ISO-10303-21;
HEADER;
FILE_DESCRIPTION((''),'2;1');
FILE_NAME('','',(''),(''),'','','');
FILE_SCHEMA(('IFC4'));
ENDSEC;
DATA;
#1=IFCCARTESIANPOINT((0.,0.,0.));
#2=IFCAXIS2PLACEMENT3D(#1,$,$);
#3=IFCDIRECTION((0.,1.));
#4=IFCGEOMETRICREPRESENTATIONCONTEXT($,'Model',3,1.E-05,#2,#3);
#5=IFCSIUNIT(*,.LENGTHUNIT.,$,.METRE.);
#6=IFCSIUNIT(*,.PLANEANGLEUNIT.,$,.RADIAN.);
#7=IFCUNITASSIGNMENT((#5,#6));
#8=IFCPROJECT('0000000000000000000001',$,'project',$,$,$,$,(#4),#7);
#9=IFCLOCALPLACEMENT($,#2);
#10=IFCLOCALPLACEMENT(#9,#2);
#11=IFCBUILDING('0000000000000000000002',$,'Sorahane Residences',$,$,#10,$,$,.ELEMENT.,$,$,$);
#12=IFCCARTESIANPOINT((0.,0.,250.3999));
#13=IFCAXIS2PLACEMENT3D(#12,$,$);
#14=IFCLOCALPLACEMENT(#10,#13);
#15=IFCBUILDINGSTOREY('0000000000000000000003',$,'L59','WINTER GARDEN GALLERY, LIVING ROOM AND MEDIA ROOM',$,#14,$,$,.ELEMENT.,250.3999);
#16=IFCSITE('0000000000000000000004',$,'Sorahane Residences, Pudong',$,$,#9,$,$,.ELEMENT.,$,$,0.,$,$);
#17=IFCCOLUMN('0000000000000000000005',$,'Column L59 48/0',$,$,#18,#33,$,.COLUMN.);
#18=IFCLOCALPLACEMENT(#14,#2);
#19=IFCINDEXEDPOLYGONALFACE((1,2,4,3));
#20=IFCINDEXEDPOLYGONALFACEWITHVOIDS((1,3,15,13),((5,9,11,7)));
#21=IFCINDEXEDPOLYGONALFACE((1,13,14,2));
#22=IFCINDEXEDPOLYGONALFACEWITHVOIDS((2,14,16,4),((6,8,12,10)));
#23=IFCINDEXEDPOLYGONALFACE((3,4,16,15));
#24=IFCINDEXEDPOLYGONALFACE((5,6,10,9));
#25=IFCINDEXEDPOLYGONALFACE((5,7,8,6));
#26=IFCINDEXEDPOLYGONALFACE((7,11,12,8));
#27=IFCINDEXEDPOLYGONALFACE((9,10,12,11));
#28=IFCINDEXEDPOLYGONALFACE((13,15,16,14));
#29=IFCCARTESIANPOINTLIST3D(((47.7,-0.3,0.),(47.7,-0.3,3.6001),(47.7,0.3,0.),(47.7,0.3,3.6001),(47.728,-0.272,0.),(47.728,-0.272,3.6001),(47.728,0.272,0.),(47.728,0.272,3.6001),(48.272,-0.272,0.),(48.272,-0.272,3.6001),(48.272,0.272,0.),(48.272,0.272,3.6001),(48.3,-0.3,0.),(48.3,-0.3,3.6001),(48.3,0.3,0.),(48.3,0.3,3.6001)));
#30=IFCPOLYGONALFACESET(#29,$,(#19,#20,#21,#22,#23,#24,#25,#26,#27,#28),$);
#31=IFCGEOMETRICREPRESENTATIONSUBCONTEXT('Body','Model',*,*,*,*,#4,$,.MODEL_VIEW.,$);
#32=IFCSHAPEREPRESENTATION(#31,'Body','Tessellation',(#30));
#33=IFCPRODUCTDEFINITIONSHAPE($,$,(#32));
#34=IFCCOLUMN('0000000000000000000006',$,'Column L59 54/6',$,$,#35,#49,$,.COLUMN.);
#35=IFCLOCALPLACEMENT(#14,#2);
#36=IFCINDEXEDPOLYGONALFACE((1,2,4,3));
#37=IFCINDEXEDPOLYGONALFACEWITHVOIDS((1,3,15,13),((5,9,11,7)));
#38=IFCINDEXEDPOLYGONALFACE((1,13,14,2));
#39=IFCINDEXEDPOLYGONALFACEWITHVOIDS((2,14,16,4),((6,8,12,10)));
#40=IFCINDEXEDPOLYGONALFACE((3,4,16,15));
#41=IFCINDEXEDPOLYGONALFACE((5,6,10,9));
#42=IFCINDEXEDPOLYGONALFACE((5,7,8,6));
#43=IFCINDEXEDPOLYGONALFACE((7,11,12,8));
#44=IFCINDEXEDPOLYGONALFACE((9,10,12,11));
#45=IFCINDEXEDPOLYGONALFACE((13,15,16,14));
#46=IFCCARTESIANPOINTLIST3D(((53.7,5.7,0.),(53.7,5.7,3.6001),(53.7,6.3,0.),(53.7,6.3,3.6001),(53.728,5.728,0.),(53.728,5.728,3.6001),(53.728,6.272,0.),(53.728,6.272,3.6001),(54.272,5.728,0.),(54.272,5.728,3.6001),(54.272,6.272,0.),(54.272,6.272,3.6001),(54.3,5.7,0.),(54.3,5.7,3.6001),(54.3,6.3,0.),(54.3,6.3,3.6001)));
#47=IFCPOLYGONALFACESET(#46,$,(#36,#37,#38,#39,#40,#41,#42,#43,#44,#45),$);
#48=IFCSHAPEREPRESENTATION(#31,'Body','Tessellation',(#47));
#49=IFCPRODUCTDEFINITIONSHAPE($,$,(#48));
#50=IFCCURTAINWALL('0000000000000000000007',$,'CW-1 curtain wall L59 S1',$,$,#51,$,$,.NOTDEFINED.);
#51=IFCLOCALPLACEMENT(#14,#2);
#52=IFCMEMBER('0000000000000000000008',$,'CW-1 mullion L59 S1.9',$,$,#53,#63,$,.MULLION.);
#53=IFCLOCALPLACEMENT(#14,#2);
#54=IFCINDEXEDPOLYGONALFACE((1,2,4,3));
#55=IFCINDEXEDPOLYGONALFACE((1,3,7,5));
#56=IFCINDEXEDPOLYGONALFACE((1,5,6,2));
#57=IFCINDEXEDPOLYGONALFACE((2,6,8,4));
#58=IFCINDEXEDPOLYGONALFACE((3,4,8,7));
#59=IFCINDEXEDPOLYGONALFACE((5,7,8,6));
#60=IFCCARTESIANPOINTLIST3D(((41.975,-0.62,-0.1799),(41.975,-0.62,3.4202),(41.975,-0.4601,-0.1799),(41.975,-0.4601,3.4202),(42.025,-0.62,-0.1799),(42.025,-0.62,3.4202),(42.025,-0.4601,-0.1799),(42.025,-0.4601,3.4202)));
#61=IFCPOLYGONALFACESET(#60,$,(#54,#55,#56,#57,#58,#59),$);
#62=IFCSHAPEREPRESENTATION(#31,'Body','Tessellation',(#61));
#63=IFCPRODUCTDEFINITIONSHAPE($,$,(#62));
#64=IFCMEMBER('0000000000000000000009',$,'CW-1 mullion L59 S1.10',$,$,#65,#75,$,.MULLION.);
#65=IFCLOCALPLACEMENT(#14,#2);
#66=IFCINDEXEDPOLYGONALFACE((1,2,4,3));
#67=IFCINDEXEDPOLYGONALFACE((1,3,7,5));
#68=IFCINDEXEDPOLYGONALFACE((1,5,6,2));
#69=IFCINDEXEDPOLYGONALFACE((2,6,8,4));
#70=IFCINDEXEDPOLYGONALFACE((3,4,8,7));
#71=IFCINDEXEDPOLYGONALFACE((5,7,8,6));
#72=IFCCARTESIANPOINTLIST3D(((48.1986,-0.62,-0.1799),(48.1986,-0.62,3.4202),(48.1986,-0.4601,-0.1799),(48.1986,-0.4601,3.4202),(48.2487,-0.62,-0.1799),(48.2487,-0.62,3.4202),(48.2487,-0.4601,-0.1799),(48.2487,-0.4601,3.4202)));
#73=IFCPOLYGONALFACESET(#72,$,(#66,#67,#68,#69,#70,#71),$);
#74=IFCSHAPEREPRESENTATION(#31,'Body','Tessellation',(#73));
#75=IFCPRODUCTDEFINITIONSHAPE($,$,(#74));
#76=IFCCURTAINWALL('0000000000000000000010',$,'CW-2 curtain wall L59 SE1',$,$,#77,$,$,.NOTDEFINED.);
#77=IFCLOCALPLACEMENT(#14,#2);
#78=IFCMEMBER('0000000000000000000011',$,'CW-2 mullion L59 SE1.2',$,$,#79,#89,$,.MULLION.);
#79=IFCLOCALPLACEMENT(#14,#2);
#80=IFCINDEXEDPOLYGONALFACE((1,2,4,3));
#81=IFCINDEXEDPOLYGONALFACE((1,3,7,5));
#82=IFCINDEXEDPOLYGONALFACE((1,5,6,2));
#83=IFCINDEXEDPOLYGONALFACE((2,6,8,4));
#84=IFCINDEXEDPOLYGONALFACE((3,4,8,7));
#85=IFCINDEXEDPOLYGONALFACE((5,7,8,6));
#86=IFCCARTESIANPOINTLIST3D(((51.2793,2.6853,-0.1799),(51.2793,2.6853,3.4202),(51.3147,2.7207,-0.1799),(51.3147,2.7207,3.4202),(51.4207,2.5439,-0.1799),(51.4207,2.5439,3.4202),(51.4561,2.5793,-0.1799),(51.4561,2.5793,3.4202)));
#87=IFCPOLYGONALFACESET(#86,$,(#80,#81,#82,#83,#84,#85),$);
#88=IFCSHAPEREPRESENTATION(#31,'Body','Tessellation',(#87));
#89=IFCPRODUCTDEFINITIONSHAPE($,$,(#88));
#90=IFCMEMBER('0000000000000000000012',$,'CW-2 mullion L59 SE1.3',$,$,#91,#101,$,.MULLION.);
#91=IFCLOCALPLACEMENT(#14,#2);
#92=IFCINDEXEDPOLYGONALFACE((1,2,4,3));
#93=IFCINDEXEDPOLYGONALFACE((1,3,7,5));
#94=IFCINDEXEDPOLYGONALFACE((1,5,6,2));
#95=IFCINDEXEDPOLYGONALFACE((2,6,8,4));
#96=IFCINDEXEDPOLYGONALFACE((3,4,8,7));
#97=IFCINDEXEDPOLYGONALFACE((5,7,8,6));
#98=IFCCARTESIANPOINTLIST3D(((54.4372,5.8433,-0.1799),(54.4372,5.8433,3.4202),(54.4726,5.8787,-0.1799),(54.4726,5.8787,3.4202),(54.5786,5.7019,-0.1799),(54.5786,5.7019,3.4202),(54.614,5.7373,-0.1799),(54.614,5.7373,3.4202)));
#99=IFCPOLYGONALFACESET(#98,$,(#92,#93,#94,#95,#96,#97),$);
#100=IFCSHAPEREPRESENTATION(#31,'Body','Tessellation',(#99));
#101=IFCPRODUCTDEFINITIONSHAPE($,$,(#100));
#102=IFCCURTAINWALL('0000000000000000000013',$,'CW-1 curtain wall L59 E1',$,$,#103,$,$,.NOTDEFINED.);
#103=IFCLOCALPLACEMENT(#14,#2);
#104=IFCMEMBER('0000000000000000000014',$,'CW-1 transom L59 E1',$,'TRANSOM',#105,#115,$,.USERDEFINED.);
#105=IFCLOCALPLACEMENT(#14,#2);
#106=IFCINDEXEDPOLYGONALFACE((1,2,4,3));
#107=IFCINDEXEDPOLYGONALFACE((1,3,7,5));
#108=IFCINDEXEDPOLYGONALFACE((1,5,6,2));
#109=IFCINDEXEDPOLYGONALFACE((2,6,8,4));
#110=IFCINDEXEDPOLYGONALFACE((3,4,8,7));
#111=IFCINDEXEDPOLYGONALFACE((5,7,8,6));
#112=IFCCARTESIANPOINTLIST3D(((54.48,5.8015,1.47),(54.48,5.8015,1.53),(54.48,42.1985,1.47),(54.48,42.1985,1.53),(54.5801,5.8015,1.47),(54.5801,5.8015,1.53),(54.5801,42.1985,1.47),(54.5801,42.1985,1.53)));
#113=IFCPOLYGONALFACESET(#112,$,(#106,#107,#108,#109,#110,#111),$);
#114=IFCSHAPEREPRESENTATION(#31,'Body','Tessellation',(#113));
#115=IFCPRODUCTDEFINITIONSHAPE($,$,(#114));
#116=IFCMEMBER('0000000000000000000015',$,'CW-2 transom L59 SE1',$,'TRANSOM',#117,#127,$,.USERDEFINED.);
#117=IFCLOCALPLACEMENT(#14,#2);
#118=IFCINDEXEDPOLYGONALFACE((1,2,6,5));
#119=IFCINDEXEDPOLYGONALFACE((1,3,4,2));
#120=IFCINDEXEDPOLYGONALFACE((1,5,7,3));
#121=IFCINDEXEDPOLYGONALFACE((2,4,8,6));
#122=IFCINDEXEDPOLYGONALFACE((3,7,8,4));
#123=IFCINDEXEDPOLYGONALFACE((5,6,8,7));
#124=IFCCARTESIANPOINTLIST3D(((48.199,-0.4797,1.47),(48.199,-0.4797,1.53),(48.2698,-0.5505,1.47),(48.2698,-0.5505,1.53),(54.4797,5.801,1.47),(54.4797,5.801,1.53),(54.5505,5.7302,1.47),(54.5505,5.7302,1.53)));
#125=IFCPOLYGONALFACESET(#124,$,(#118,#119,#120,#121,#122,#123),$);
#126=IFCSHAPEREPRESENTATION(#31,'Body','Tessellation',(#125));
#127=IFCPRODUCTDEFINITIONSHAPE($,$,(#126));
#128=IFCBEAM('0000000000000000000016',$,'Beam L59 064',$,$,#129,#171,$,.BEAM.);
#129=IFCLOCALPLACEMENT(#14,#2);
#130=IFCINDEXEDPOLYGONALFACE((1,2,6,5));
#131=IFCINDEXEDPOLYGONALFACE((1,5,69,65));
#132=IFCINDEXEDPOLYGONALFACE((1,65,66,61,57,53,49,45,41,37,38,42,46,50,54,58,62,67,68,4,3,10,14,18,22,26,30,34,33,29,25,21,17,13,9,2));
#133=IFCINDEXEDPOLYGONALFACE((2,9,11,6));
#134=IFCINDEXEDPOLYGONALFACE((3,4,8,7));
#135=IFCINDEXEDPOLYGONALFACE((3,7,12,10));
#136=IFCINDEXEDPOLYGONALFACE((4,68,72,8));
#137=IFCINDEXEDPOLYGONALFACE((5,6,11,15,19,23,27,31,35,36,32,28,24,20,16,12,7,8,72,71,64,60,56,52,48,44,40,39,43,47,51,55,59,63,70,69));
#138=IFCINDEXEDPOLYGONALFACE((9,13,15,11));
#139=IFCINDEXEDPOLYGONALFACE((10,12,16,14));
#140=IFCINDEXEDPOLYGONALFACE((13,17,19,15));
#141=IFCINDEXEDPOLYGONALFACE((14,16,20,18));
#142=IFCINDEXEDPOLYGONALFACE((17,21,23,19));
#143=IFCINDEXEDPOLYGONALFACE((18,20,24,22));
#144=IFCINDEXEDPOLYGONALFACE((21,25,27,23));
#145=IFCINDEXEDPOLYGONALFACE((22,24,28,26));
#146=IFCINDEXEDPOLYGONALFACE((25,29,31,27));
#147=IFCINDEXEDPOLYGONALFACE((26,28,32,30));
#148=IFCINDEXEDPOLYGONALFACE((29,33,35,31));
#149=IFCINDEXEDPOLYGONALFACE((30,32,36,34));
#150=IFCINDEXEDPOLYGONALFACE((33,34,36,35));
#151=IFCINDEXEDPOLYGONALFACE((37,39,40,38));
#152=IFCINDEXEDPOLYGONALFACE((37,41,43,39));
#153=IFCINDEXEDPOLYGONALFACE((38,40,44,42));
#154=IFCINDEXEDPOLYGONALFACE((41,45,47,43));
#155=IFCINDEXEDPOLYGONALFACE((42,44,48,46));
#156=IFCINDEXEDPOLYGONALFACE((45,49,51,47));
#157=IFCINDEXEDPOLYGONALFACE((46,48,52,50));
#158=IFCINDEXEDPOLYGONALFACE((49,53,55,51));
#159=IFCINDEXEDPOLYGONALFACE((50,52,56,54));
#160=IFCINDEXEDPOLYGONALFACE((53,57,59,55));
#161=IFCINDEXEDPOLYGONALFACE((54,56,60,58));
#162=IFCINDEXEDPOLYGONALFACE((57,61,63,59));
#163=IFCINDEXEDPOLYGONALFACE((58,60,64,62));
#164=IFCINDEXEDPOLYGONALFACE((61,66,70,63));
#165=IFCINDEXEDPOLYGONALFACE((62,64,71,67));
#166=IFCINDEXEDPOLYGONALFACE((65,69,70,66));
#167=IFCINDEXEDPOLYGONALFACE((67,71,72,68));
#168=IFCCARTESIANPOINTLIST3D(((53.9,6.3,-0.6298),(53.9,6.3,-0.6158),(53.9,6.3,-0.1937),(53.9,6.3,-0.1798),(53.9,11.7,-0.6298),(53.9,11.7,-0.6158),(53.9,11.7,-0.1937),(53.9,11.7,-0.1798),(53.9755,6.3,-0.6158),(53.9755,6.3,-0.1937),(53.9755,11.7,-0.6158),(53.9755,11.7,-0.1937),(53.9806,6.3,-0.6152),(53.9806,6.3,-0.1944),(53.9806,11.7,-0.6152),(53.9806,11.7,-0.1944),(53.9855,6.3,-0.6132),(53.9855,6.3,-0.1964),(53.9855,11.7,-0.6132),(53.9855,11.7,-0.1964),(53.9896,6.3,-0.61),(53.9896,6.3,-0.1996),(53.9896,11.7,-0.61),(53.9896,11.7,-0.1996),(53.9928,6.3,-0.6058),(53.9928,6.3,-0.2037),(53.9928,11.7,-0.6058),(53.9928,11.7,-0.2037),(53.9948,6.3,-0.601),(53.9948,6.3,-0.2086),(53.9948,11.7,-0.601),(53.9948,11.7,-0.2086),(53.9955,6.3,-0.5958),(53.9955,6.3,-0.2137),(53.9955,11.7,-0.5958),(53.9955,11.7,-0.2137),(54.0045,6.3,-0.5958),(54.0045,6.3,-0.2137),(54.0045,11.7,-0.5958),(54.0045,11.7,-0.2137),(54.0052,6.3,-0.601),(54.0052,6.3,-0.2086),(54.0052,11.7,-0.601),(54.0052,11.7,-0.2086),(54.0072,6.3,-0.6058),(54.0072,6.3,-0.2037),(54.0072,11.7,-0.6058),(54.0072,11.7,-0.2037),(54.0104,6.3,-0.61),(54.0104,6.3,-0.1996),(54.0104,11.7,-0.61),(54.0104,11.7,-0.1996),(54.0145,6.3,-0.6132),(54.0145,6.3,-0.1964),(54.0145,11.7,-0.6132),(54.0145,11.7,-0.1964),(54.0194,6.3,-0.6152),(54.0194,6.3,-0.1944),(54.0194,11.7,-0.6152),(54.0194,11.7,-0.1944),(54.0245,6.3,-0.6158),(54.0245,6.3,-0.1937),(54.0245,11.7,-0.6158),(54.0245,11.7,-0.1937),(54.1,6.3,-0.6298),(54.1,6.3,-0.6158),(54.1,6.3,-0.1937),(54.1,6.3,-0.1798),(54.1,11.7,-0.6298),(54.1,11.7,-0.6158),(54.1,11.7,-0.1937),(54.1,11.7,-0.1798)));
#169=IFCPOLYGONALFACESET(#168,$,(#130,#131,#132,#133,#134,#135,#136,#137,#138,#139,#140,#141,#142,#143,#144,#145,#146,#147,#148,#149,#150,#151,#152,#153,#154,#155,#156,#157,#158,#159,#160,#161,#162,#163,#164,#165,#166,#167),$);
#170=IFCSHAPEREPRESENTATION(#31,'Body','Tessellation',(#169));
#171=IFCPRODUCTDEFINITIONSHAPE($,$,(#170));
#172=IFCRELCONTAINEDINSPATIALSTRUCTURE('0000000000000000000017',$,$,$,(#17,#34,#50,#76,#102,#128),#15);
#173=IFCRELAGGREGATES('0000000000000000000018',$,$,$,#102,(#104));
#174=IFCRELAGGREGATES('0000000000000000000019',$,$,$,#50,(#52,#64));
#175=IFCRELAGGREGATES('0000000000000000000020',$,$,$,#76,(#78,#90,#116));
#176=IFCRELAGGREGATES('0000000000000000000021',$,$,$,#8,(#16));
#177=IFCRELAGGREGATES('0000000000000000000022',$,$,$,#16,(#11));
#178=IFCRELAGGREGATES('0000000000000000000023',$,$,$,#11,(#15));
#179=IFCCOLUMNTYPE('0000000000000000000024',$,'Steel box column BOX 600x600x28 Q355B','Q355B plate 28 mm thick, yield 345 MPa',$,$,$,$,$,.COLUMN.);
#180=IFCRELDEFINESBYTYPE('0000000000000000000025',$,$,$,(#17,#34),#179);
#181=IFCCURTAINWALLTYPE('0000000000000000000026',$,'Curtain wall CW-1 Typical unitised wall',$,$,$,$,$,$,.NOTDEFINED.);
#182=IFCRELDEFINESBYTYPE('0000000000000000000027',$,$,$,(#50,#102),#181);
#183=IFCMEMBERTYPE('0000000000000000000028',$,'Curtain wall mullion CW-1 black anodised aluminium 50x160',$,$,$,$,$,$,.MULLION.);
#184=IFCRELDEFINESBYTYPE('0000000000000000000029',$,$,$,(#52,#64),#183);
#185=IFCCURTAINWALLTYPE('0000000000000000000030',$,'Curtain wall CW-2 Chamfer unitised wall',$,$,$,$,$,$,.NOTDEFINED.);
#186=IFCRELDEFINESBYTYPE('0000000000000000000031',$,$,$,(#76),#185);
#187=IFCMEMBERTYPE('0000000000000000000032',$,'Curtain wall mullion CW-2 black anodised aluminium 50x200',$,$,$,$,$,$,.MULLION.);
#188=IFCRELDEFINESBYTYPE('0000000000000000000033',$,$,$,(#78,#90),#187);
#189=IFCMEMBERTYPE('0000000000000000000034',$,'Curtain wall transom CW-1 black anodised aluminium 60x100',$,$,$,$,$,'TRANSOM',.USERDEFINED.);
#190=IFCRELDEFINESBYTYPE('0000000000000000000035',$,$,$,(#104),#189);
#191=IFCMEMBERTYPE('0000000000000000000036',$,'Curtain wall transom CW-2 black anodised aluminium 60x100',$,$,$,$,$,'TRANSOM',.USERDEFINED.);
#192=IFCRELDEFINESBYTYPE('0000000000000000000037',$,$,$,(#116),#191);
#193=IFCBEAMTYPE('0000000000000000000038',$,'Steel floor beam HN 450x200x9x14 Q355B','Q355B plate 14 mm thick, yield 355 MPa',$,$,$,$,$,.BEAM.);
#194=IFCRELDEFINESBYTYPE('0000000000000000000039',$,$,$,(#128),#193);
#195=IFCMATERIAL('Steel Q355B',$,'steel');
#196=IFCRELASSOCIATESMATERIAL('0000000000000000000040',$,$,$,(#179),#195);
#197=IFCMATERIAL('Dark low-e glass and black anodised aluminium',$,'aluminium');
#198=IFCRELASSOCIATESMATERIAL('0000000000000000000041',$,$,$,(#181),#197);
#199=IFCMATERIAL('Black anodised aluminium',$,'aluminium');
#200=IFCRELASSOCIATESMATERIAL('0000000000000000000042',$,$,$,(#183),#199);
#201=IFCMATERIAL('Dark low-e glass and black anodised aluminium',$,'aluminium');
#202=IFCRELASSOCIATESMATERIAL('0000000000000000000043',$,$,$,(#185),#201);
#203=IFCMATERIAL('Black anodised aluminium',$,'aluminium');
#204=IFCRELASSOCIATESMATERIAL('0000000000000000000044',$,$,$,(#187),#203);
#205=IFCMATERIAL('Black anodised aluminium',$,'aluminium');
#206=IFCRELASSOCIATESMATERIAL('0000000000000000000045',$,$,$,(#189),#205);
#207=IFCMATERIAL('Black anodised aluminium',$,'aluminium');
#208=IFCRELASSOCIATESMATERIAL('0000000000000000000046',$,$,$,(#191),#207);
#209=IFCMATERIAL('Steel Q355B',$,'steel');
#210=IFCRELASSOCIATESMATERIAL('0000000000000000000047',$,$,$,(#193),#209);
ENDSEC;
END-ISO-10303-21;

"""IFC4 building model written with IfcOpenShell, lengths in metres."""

from ifc_helpers import new_model, si_unit, direction, frame, origin, origin_2d, place, context, subcontext, project, spatial, rectangle, hollow_rectangle, i_section, extrude, material, material_profile, profile_set, type_object, element, aggregate, save


model = new_model("IFC4")

# Units and contexts
model_context = context("Model", 3, precision=1e-05, world=origin(), true_north=direction((0.0, 1.0)))
body_context = subcontext(model_context, "Body", "Model", "MODEL_VIEW")
ifc_project = project(units=[si_unit("LENGTHUNIT", "METRE"), si_unit("PLANEANGLEUNIT", "RADIAN")], contexts=[model_context])

# Site, building, storey
site_placement = place(None, origin())
site = spatial("IfcSite", under=ifc_project, at=site_placement, Name="Sorahane Residences, Pudong", CompositionType="ELEMENT", RefElevation=0.0)
building_placement = place(site_placement, origin())
building = spatial("IfcBuilding", under=site, at=building_placement, Name="Sorahane Residences", CompositionType="ELEMENT")
storey_placement = place(building_placement, frame((0.0, 0.0, 250.3999)))
storey = spatial("IfcBuildingStorey", under=building, at=storey_placement, Name="L59", Description="WINTER GARDEN GALLERY, LIVING ROOM AND MEDIA ROOM", CompositionType="ELEMENT", Elevation=250.3999)

# Columns
ifc_material_1 = material(Name="Steel Q355B", Category="steel")
ifc_material_profile_1 = material_profile(ifc_material_1, hollow_rectangle(XDim=0.6001, YDim=0.6001, WallThickness=0.0281, at=origin_2d()), Name="BOX 600x600x28")
ifc_profile_set_1 = profile_set([ifc_material_profile_1], Name="Steel Q355B")
column_type = type_object("IfcColumnType", Name="Steel box column BOX 600x600x28 Q355B", Description="Q355B plate 28 mm thick, yield 345 MPa", PredefinedType="COLUMN", material=ifc_profile_set_1)
for number, where, z_axis, x_axis, name in (
    (1, (48.0, 0.0, 0.0), (0.0, 0.0, 1.0), (1.0, 0.0, 0.0), "Column L59 48/0"),
    (2, (54.0, 6.0, 0.0), (0.0, 0.0, 1.0), (1.0, 0.0, 0.0), "Column L59 54/6"),
):
    element("IfcColumn", number, at=place(storey_placement, frame(where, z_axis=z_axis, x_axis=x_axis)), inside=storey, type_object=column_type, Name=name, PredefinedType="COLUMN", context=body_context, shape_type="SweptSolid", body=[
        extrude(hollow_rectangle(XDim=0.6001, YDim=0.6001, WallThickness=0.0281, at=origin_2d()), origin(), (0.0, 0.0, 1.0), 3.6001),
    ])

# Curtain walls, members
ifc_material_2 = material(Name="Dark low-e glass and black anodised aluminium", Category="aluminium")
curtain_wall_type_1 = type_object("IfcCurtainWallType", Name="Curtain wall CW-1 Typical unitised wall", PredefinedType="NOTDEFINED", material=ifc_material_2)
curtain_wall_1_placement = place(storey_placement, origin())
curtain_wall_1 = element("IfcCurtainWall", 3, at=curtain_wall_1_placement, inside=storey, type_object=curtain_wall_type_1, Name="CW-1 curtain wall L59 S1", PredefinedType="NOTDEFINED")
ifc_material_3 = material(Name="Black anodised aluminium", Category="aluminium")
ifc_material_profile_2 = material_profile(ifc_material_3, rectangle(XDim=0.1599, YDim=0.05, at=origin_2d()), Name="Curtain wall mullion CW-1 black anodised aluminium 50x160")
ifc_profile_set_2 = profile_set([ifc_material_profile_2], Name="Black anodised aluminium")
member_type_1 = type_object("IfcMemberType", Name="Curtain wall mullion CW-1 black anodised aluminium 50x160", PredefinedType="MULLION", material=ifc_profile_set_2)
member_1_placement = place(storey_placement, frame((42.0, -0.54, -0.1799), z_axis=(0.0, 0.0, 1.0), x_axis=(0.0, -1.0, 0.0)))
member_1 = element("IfcMember", 4, at=member_1_placement, type_object=member_type_1, Name="CW-1 mullion L59 S1.9", PredefinedType="MULLION", context=body_context, shape_type="SweptSolid", body=[
    extrude(rectangle(XDim=0.1599, YDim=0.05, at=origin_2d()), origin(), (0.0, 0.0, 1.0), 3.6001),
])
member_2_placement = place(storey_placement, frame((48.2236, -0.54, -0.1799), z_axis=(0.0, 0.0, 1.0), x_axis=(0.0, -1.0, 0.0)))
member_2 = element("IfcMember", 5, at=member_2_placement, type_object=member_type_1, Name="CW-1 mullion L59 S1.10", PredefinedType="MULLION", context=body_context, shape_type="SweptSolid", body=[
    extrude(rectangle(XDim=0.1599, YDim=0.05, at=origin_2d()), origin(), (0.0, 0.0, 1.0), 3.6001),
])
ifc_material_4 = material(Name="Dark low-e glass and black anodised aluminium", Category="aluminium")
curtain_wall_type_2 = type_object("IfcCurtainWallType", Name="Curtain wall CW-2 Chamfer unitised wall", PredefinedType="NOTDEFINED", material=ifc_material_4)
curtain_wall_2_placement = place(storey_placement, origin())
curtain_wall_2 = element("IfcCurtainWall", 6, at=curtain_wall_2_placement, inside=storey, type_object=curtain_wall_type_2, Name="CW-2 curtain wall L59 SE1", PredefinedType="NOTDEFINED")
ifc_material_5 = material(Name="Black anodised aluminium", Category="aluminium")
ifc_material_profile_3 = material_profile(ifc_material_5, rectangle(XDim=0.2, YDim=0.05, at=origin_2d()), Name="Curtain wall mullion CW-2 black anodised aluminium 50x200")
ifc_profile_set_3 = profile_set([ifc_material_profile_3], Name="Black anodised aluminium")
member_type_2 = type_object("IfcMemberType", Name="Curtain wall mullion CW-2 black anodised aluminium 50x200", PredefinedType="MULLION", material=ifc_profile_set_3)
member_3_placement = place(storey_placement, frame((51.3677, 2.6323, -0.1799), z_axis=(0.0, 0.0, 1.0), x_axis=(0.707107, -0.707107, 0.0)))
member_3 = element("IfcMember", 7, at=member_3_placement, type_object=member_type_2, Name="CW-2 mullion L59 SE1.2", PredefinedType="MULLION", context=body_context, shape_type="SweptSolid", body=[
    extrude(rectangle(XDim=0.2, YDim=0.05, at=origin_2d()), origin(), (0.0, 0.0, 1.0), 3.6001),
])
member_4_placement = place(storey_placement, frame((54.5256, 5.7903, -0.1799), z_axis=(0.0, 0.0, 1.0), x_axis=(0.707107, -0.707107, 0.0)))
member_4 = element("IfcMember", 8, at=member_4_placement, type_object=member_type_2, Name="CW-2 mullion L59 SE1.3", PredefinedType="MULLION", context=body_context, shape_type="SweptSolid", body=[
    extrude(rectangle(XDim=0.2, YDim=0.05, at=origin_2d()), origin(), (0.0, 0.0, 1.0), 3.6001),
])

# Curtain wall, member
curtain_wall_3_placement = place(storey_placement, origin())
curtain_wall_3 = element("IfcCurtainWall", 9, at=curtain_wall_3_placement, inside=storey, type_object=curtain_wall_type_1, Name="CW-1 curtain wall L59 E1", PredefinedType="NOTDEFINED")
ifc_material_6 = material(Name="Black anodised aluminium", Category="aluminium")
ifc_material_profile_4 = material_profile(ifc_material_6, rectangle(XDim=0.1001, YDim=0.0601, at=origin_2d()), Name="Curtain wall transom CW-1 black anodised aluminium 60x100")
ifc_profile_set_4 = profile_set([ifc_material_profile_4], Name="Black anodised aluminium")
member_type_3 = type_object("IfcMemberType", Name="Curtain wall transom CW-1 black anodised aluminium 60x100", ElementType="TRANSOM", PredefinedType="USERDEFINED", material=ifc_profile_set_4)
member_5_placement = place(storey_placement, frame((54.53, 5.8015, 1.5), z_axis=(0.0, 1.0, 0.0), x_axis=(-1.0, 0.0, 0.0)))
member_5 = element("IfcMember", 10, at=member_5_placement, type_object=member_type_3, Name="CW-1 transom L59 E1", ObjectType="TRANSOM", PredefinedType="USERDEFINED", context=body_context, shape_type="SweptSolid", body=[
    extrude(rectangle(XDim=0.1001, YDim=0.0601, at=origin_2d()), origin(), (0.0, 0.0, 1.0), 36.397),
])
aggregate(curtain_wall_3, [member_5])

# Member
ifc_material_7 = material(Name="Black anodised aluminium", Category="aluminium")
ifc_material_profile_5 = material_profile(ifc_material_7, rectangle(XDim=0.1001, YDim=0.0601, at=origin_2d()), Name="Curtain wall transom CW-2 black anodised aluminium 60x100")
ifc_profile_set_5 = profile_set([ifc_material_profile_5], Name="Black anodised aluminium")
member_type_4 = type_object("IfcMemberType", Name="Curtain wall transom CW-2 black anodised aluminium 60x100", ElementType="TRANSOM", PredefinedType="USERDEFINED", material=ifc_profile_set_5)
member_6_placement = place(storey_placement, frame((48.2344, -0.5151, 1.5), z_axis=(0.707107, 0.707107, 0.0), x_axis=(-0.707107, 0.707107, 0.0)))
member_6 = element("IfcMember", 11, at=member_6_placement, type_object=member_type_4, Name="CW-2 transom L59 SE1", ObjectType="TRANSOM", PredefinedType="USERDEFINED", context=body_context, shape_type="SweptSolid", body=[
    extrude(rectangle(XDim=0.1001, YDim=0.0601, at=origin_2d()), origin(), (0.0, 0.0, 1.0), 8.8823),
])

# Beam
ifc_material_8 = material(Name="Steel Q355B", Category="steel")
ifc_material_profile_6 = material_profile(ifc_material_8, i_section(OverallWidth=0.2, OverallDepth=0.45, WebThickness=0.009, FlangeThickness=0.0139, FilletRadius=0.02, at=origin_2d()), Name="HN 450x200x9x14")
ifc_profile_set_6 = profile_set([ifc_material_profile_6], Name="Steel Q355B")
beam_type_1 = type_object("IfcBeamType", Name="Steel floor beam HN 450x200x9x14 Q355B", Description="Q355B plate 14 mm thick, yield 355 MPa", PredefinedType="BEAM", material=ifc_profile_set_6)
beam_1_placement = place(storey_placement, frame((54.0, 6.3, -0.4048), z_axis=(0.0, 1.0, 0.0), x_axis=(-1.0, 0.0, 0.0)))
element("IfcBeam", 12, at=beam_1_placement, inside=storey, type_object=beam_type_1, Name="Beam L59 064", PredefinedType="BEAM", context=body_context, shape_type="SweptSolid", body=[
    extrude(i_section(OverallWidth=0.2, OverallDepth=0.45, WebThickness=0.009, FlangeThickness=0.0139, FilletRadius=0.02, at=origin_2d()), origin(), (0.0, 0.0, 1.0), 5.3999),
])

aggregate(curtain_wall_1, [member_1, member_2])
aggregate(curtain_wall_2, [member_3, member_4, member_6])

save(model, "model.ifc")
